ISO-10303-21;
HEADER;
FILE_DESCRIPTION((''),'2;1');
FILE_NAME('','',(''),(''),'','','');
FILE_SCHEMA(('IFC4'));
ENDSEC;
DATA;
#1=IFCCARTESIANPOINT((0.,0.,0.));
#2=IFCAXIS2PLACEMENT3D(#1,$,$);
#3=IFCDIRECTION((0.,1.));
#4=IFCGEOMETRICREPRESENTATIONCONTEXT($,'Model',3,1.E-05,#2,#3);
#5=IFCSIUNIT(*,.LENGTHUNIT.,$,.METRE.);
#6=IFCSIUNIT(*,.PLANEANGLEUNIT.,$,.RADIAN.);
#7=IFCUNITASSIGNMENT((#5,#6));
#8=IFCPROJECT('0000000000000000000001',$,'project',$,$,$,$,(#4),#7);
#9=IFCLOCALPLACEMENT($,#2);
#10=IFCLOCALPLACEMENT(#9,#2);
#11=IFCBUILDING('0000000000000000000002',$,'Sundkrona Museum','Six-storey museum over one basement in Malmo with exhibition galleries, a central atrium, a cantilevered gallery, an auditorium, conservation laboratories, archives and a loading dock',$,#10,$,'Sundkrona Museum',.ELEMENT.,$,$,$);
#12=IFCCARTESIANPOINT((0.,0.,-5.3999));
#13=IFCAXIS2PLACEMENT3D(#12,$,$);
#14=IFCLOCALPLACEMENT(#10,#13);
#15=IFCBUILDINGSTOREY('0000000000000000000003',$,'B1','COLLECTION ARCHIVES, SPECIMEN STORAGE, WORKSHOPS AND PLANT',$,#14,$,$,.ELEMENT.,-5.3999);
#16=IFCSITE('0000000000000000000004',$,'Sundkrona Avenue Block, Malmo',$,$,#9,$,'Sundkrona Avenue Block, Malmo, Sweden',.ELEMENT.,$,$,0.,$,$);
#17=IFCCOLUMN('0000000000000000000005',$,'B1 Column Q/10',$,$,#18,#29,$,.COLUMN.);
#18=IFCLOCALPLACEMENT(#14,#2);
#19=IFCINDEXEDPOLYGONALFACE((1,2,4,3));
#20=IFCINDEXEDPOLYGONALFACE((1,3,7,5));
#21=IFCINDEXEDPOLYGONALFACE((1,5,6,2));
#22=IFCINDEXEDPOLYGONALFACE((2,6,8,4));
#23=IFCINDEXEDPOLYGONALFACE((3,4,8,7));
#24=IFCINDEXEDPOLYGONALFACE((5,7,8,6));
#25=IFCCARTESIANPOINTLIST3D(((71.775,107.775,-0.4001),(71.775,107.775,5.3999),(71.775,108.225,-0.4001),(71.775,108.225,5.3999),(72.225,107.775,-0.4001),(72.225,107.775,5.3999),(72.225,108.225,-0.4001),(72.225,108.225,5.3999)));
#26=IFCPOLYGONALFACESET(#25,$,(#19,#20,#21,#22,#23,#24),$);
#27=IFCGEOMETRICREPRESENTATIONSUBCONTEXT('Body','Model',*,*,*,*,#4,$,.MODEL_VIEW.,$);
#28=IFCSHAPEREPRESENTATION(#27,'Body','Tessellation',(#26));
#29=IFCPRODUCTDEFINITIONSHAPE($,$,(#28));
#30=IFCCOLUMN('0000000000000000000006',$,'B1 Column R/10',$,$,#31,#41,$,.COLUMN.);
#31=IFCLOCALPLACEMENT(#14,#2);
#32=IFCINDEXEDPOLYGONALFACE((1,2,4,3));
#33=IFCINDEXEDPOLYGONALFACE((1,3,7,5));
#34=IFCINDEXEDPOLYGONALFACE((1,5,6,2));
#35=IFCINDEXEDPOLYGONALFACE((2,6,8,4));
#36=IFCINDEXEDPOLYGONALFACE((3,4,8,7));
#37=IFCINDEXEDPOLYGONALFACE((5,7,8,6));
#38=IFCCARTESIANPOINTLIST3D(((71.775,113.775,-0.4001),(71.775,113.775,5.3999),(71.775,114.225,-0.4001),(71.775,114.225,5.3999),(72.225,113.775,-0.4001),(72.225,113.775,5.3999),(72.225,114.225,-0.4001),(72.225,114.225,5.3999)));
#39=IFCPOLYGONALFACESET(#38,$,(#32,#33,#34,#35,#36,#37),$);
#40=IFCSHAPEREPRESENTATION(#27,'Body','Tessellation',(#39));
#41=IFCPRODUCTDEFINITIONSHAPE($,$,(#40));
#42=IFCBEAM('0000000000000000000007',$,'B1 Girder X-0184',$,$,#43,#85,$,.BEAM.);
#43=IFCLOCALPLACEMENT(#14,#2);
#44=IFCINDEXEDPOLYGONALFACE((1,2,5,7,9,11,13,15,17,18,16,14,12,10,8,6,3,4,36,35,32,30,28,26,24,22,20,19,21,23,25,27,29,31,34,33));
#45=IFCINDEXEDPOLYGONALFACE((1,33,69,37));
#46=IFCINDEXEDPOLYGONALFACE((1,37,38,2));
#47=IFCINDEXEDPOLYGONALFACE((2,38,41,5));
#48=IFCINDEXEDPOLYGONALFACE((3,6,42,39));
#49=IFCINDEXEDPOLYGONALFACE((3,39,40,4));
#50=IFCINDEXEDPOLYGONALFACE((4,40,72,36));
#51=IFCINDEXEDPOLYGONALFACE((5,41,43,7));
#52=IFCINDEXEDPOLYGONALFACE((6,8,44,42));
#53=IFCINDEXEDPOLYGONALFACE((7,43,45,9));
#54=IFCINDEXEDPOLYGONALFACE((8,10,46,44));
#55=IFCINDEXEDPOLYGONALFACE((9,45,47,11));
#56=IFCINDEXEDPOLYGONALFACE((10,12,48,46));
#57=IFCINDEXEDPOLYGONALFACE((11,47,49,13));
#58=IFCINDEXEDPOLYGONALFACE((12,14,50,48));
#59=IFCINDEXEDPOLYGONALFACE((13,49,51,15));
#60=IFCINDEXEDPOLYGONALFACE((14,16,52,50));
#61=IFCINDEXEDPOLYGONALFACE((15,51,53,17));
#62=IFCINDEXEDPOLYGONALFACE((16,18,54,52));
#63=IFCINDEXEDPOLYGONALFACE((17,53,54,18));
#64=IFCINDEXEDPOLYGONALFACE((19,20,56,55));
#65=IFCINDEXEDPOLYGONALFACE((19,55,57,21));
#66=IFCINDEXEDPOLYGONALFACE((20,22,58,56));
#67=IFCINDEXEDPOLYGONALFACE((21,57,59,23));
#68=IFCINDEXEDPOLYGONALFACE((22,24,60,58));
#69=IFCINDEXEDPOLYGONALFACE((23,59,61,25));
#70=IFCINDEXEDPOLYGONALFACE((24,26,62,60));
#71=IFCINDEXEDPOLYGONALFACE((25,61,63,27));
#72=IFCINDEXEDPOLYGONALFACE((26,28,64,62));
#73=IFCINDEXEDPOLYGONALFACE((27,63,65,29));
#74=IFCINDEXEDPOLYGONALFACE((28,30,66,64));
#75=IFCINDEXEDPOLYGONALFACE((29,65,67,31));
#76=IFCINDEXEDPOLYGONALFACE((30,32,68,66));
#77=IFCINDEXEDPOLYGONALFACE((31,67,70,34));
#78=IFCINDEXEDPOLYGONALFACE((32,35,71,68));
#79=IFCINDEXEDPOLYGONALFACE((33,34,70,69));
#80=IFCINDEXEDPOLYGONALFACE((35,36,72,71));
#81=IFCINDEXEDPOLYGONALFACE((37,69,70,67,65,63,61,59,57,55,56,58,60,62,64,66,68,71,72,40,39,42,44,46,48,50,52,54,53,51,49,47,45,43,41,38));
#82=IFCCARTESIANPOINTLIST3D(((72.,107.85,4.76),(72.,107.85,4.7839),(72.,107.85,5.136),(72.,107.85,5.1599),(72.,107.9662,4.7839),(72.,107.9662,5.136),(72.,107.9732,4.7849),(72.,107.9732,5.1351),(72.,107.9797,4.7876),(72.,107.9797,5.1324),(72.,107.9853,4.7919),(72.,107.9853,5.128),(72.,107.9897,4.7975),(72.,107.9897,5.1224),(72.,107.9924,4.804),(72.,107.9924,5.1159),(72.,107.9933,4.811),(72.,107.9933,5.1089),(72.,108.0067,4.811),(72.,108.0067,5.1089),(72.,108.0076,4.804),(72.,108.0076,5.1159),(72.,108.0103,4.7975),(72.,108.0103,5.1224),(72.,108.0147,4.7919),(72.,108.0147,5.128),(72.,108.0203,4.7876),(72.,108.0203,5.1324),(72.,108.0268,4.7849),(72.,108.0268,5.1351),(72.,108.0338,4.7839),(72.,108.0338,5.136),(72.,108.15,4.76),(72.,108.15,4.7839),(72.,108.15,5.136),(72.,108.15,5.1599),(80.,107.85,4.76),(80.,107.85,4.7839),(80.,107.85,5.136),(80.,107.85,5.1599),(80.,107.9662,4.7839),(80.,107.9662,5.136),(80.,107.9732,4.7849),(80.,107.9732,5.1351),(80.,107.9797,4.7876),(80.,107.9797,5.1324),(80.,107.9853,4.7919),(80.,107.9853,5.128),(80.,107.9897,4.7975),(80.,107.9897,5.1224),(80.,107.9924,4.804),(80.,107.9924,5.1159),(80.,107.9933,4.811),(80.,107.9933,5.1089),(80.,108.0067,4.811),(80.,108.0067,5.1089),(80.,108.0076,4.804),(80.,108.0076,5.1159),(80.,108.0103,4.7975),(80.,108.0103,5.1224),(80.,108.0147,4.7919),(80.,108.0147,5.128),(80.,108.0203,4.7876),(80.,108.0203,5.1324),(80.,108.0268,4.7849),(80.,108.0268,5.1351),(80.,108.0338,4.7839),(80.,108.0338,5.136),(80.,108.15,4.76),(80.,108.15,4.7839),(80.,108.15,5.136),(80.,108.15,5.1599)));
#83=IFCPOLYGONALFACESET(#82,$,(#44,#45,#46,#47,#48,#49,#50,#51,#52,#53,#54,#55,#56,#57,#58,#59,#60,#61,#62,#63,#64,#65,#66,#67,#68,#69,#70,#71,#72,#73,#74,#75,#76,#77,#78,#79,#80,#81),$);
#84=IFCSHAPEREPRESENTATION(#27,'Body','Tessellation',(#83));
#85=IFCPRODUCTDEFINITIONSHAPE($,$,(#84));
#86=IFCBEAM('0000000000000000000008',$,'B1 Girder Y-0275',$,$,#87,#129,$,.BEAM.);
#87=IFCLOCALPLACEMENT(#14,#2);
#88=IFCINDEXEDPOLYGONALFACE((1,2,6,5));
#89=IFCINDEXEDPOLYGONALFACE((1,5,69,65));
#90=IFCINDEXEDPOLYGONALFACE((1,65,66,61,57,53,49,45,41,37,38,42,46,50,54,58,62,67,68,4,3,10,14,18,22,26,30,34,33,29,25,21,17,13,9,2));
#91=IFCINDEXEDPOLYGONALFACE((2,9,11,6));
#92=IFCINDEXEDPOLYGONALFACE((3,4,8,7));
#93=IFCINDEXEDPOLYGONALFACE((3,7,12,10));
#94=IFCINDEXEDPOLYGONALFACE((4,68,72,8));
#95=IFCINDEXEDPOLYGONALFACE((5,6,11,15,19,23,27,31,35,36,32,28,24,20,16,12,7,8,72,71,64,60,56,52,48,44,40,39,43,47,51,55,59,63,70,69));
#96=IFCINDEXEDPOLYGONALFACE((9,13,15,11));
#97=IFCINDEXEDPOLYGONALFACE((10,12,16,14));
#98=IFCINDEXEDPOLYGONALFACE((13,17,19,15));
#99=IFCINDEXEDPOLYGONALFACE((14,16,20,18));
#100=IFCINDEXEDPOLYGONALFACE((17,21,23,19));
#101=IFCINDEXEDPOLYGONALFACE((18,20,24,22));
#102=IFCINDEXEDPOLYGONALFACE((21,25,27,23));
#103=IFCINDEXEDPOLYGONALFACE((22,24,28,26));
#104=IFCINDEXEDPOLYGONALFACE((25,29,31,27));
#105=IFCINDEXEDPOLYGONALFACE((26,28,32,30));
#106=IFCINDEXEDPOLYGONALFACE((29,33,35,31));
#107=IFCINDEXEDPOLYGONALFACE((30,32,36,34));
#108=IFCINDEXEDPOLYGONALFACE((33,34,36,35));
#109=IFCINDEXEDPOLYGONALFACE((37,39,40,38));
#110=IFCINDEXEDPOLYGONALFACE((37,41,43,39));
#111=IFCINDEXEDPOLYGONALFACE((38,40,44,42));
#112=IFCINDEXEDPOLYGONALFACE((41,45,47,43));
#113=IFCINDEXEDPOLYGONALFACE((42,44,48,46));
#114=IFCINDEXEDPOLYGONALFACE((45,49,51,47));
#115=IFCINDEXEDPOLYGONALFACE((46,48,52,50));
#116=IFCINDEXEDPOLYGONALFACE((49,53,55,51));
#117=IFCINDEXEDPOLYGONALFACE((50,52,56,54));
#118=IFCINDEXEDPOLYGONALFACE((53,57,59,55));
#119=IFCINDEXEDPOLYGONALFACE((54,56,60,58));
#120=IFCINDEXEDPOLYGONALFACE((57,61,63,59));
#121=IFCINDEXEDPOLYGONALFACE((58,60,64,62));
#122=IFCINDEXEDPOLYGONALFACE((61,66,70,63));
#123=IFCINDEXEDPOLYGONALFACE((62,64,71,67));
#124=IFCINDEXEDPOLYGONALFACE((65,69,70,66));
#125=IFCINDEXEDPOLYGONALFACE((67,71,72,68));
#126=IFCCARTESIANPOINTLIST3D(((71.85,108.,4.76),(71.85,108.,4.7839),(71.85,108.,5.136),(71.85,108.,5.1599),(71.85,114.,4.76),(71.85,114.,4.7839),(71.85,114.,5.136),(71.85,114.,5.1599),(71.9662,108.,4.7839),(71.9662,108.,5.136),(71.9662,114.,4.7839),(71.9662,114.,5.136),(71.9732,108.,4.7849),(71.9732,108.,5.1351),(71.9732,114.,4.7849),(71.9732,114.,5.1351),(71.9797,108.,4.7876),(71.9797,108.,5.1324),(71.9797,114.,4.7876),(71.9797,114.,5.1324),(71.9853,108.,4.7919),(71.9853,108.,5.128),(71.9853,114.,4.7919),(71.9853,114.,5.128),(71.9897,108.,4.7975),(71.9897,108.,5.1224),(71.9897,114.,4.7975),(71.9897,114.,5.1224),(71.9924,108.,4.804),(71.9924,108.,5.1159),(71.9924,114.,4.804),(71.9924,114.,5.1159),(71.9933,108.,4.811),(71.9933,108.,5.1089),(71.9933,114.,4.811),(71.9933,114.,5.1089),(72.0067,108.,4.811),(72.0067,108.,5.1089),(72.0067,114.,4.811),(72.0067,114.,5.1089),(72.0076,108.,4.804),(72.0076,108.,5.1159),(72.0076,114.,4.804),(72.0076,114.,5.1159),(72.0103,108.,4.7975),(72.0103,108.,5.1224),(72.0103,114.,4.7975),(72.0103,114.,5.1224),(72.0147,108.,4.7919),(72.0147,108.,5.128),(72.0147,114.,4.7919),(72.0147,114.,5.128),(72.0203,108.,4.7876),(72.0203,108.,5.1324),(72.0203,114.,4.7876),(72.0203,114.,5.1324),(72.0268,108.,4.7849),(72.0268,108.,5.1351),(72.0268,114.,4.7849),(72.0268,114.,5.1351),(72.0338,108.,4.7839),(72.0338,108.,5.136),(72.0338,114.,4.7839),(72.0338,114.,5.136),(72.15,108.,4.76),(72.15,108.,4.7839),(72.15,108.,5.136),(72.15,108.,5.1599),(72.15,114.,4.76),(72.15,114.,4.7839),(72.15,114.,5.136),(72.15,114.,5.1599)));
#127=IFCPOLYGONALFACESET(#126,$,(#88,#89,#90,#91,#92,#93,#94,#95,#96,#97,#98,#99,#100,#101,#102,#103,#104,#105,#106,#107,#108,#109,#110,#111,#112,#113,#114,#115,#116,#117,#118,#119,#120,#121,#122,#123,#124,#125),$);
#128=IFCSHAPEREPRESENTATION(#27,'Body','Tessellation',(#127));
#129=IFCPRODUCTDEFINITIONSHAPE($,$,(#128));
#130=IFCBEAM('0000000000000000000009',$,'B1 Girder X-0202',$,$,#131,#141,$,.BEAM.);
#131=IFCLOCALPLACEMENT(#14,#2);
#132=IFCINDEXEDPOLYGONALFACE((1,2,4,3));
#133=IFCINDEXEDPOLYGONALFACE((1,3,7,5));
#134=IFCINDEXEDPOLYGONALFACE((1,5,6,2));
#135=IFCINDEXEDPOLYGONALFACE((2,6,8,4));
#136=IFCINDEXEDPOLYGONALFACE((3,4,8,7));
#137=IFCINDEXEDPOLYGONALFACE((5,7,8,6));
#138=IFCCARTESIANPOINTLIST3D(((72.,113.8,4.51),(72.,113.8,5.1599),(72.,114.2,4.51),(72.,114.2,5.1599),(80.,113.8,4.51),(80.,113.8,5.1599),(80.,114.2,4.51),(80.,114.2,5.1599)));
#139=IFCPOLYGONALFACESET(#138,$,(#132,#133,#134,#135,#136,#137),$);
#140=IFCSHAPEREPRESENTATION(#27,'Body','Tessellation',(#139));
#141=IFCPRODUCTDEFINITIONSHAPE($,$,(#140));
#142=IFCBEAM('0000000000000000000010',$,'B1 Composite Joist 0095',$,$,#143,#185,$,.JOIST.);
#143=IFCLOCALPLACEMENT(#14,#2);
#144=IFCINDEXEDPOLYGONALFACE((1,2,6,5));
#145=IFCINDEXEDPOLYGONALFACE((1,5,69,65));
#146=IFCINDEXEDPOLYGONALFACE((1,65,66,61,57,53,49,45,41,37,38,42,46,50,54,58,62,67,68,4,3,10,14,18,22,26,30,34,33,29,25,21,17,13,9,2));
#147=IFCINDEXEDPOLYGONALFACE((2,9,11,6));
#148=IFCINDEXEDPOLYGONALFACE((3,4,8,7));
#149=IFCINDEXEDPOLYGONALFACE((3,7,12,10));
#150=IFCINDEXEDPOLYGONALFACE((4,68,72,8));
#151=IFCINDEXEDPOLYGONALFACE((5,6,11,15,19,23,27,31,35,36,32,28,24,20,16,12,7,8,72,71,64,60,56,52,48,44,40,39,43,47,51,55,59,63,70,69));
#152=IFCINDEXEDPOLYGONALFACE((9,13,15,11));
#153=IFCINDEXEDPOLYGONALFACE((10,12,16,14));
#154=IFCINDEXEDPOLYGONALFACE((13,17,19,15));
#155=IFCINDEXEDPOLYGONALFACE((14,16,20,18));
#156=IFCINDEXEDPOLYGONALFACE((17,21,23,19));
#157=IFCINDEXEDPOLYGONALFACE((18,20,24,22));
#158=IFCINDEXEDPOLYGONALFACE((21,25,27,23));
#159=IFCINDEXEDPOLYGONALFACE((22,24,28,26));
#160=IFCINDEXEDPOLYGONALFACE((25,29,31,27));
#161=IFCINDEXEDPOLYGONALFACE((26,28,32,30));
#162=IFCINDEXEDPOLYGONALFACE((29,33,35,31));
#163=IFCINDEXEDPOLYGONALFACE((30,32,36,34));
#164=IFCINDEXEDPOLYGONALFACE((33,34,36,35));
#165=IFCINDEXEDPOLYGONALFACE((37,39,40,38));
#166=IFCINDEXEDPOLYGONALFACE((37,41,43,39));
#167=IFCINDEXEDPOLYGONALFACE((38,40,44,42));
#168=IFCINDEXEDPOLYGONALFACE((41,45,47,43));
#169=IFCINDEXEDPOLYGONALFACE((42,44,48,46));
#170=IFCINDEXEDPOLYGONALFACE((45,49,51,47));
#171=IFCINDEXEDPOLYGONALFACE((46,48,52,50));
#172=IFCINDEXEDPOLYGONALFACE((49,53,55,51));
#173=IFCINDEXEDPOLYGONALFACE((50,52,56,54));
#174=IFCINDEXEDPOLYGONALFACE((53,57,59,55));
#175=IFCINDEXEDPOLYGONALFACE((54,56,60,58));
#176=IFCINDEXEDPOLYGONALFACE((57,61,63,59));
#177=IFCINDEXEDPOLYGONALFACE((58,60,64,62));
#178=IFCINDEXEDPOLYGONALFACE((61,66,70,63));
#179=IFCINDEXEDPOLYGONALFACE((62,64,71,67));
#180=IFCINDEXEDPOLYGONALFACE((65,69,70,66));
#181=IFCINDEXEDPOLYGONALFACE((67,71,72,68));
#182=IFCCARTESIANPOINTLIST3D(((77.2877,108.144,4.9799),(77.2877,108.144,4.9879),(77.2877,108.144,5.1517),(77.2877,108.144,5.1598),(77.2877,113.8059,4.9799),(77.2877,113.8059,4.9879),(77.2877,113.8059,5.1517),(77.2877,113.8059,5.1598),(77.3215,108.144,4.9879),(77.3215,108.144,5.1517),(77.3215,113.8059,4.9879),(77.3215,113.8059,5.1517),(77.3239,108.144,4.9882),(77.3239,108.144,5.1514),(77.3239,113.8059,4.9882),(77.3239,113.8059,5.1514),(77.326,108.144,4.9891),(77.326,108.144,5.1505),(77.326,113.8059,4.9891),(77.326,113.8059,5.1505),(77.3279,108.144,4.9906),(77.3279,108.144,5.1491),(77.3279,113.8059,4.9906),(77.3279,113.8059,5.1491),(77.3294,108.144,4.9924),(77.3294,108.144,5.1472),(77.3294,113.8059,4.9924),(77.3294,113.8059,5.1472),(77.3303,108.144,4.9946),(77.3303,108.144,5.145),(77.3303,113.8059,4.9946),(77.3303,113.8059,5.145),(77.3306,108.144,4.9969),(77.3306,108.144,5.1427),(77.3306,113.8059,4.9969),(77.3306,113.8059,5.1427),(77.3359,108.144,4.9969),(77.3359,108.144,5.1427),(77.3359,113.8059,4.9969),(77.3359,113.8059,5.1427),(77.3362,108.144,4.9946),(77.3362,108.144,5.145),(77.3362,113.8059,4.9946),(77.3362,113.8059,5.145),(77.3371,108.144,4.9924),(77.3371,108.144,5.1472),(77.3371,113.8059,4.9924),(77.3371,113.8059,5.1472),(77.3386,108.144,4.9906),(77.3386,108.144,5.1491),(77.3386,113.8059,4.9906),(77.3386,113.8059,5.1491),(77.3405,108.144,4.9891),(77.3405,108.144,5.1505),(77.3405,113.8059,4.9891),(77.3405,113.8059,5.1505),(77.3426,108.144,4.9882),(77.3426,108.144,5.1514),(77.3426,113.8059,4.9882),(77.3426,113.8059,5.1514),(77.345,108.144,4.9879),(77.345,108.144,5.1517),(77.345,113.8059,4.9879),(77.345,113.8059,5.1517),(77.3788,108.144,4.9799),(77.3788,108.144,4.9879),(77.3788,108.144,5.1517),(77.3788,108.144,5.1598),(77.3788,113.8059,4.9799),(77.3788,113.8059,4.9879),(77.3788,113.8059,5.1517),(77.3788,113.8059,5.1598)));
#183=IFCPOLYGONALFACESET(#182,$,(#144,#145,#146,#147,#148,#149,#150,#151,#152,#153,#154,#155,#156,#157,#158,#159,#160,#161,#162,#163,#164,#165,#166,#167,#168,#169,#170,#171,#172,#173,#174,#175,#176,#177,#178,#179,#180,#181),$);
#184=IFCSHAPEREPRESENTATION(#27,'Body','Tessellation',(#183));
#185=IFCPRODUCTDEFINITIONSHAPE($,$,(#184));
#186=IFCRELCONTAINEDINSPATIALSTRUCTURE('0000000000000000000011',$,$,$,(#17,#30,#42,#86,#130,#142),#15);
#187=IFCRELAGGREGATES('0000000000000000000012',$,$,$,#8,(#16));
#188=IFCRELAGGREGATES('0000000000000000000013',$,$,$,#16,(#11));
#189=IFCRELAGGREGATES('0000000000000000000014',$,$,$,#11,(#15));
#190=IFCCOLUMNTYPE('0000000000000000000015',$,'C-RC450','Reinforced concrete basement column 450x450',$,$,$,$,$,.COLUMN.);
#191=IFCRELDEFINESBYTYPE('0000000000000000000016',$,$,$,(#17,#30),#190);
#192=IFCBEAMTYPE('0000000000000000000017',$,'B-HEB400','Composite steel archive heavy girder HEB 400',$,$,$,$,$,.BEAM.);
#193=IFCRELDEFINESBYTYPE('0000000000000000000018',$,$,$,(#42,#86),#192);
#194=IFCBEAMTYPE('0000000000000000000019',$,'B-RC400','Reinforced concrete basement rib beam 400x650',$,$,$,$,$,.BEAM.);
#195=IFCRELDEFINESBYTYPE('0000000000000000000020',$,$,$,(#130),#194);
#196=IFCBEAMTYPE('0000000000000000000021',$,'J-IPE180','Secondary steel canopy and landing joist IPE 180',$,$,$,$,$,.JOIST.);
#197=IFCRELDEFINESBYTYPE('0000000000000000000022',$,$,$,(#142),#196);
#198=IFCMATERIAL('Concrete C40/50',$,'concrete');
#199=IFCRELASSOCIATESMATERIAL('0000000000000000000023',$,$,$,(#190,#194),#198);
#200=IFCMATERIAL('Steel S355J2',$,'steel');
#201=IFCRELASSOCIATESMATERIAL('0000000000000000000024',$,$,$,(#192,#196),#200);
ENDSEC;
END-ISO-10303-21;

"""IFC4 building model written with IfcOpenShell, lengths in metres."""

from ifc_helpers import new_model, si_unit, direction, frame, origin, origin_2d, place, context, subcontext, project, spatial, rectangle, i_section, extrude, material, material_profile, profile_set, type_object, element, save


model = new_model("IFC4")

# Units and contexts
model_context = context("Model", 3, precision=1e-05, world=origin(), true_north=direction((0.0, 1.0)))
body_context = subcontext(model_context, "Body", "Model", "MODEL_VIEW")
ifc_project = project(units=[si_unit("LENGTHUNIT", "METRE"), si_unit("PLANEANGLEUNIT", "RADIAN")], contexts=[model_context])

# Site, building, storey
site_placement = place(None, origin())
site = spatial("IfcSite", under=ifc_project, at=site_placement, Name="Sundkrona Avenue Block, Malmo", LongName="Sundkrona Avenue Block, Malmo, Sweden", CompositionType="ELEMENT", RefElevation=0.0)
building_placement = place(site_placement, origin())
building = spatial("IfcBuilding", under=site, at=building_placement, Name="Sundkrona Museum", Description="Six-storey museum over one basement in Malmo with exhibition galleries, a central atrium, a cantilevered gallery, an auditorium, conservation laboratories, archives and a loading dock", LongName="Sundkrona Museum", CompositionType="ELEMENT")
storey_placement = place(building_placement, frame((0.0, 0.0, -5.3999)))
storey = spatial("IfcBuildingStorey", under=building, at=storey_placement, Name="B1", Description="COLLECTION ARCHIVES, SPECIMEN STORAGE, WORKSHOPS AND PLANT", CompositionType="ELEMENT", Elevation=-5.3999)

# Shared definitions
ifc_material_1 = material(Name="Concrete C40/50", Category="concrete")

# Columns
ifc_material_profile_1 = material_profile(ifc_material_1, rectangle(XDim=0.45, YDim=0.45, at=origin_2d()), Name="RC 450x450")
ifc_profile_set_1 = profile_set([ifc_material_profile_1], Name="Concrete C40/50")
column_type = type_object("IfcColumnType", Name="C-RC450", Description="Reinforced concrete basement column 450x450", PredefinedType="COLUMN", material=ifc_profile_set_1)
for number, where, z_axis, x_axis, name in (
    (1, (72.0, 108.0, -0.4001), (0.0, 0.0, 1.0), (1.0, 0.0, 0.0), "B1 Column Q/10"),
    (2, (72.0, 114.0, -0.4001), (0.0, 0.0, 1.0), (1.0, 0.0, 0.0), "B1 Column R/10"),
):
    element("IfcColumn", number, at=place(storey_placement, frame(where, z_axis=z_axis, x_axis=x_axis)), inside=storey, type_object=column_type, Name=name, PredefinedType="COLUMN", context=body_context, shape_type="SweptSolid", body=[
        extrude(rectangle(XDim=0.45, YDim=0.45, at=origin_2d()), origin(), (0.0, 0.0, 1.0), 5.8),
    ])

# Beams
ifc_material_2 = material(Name="Steel S355J2", Category="steel")
ifc_material_profile_2 = material_profile(ifc_material_2, i_section(OverallWidth=0.3, OverallDepth=0.3999, WebThickness=0.0134, FlangeThickness=0.0239, FilletRadius=0.0271, at=origin_2d()), Name="HEB 400")
ifc_profile_set_2 = profile_set([ifc_material_profile_2], Name="Steel S355J2")
beam_type_1 = type_object("IfcBeamType", Name="B-HEB400", Description="Composite steel archive heavy girder HEB 400", PredefinedType="BEAM", material=ifc_profile_set_2)
beam_1_placement = place(storey_placement, frame((72.0, 108.0, 4.96), z_axis=(1.0, 0.0, 0.0), x_axis=(0.0, 1.0, 0.0)))
element("IfcBeam", 3, at=beam_1_placement, inside=storey, type_object=beam_type_1, Name="B1 Girder X-0184", PredefinedType="BEAM", context=body_context, shape_type="SweptSolid", body=[
    extrude(i_section(OverallWidth=0.3, OverallDepth=0.3999, WebThickness=0.0134, FlangeThickness=0.0239, FilletRadius=0.0271, at=origin_2d()), origin(), (0.0, 0.0, 1.0), 8.0),
])
beam_2_placement = place(storey_placement, frame((72.0, 108.0, 4.96), z_axis=(0.0, 1.0, 0.0), x_axis=(-1.0, 0.0, 0.0)))
element("IfcBeam", 4, at=beam_2_placement, inside=storey, type_object=beam_type_1, Name="B1 Girder Y-0275", PredefinedType="BEAM", context=body_context, shape_type="SweptSolid", body=[
    extrude(i_section(OverallWidth=0.3, OverallDepth=0.3999, WebThickness=0.0134, FlangeThickness=0.0239, FilletRadius=0.0271, at=origin_2d()), origin(), (0.0, 0.0, 1.0), 6.0),
])
ifc_material_profile_3 = material_profile(ifc_material_1, rectangle(XDim=0.3999, YDim=0.6499, at=origin_2d()), Name="RCB 400x650")
ifc_profile_set_3 = profile_set([ifc_material_profile_3], Name="Concrete C40/50")
beam_type_2 = type_object("IfcBeamType", Name="B-RC400", Description="Reinforced concrete basement rib beam 400x650", PredefinedType="BEAM", material=ifc_profile_set_3)
beam_3_placement = place(storey_placement, frame((72.0, 114.0, 4.835), z_axis=(1.0, 0.0, 0.0), x_axis=(0.0, 1.0, 0.0)))
element("IfcBeam", 5, at=beam_3_placement, inside=storey, type_object=beam_type_2, Name="B1 Girder X-0202", PredefinedType="BEAM", context=body_context, shape_type="SweptSolid", body=[
    extrude(rectangle(XDim=0.3999, YDim=0.6499, at=origin_2d()), origin(), (0.0, 0.0, 1.0), 8.0),
])
ifc_material_profile_4 = material_profile(ifc_material_2, i_section(OverallWidth=0.0911, OverallDepth=0.1799, WebThickness=0.0054, FlangeThickness=0.0081, FilletRadius=0.009, at=origin_2d()), Name="IPE 180")
ifc_profile_set_4 = profile_set([ifc_material_profile_4], Name="Steel S355J2")
beam_type_3 = type_object("IfcBeamType", Name="J-IPE180", Description="Secondary steel canopy and landing joist IPE 180", PredefinedType="JOIST", material=ifc_profile_set_4)
beam_4_placement = place(storey_placement, frame((77.3333, 108.144, 5.0698), z_axis=(0.0, 1.0, 0.0), x_axis=(-1.0, 0.0, 0.0)))
element("IfcBeam", 6, at=beam_4_placement, inside=storey, type_object=beam_type_3, Name="B1 Composite Joist 0095", PredefinedType="JOIST", context=body_context, shape_type="SweptSolid", body=[
    extrude(i_section(OverallWidth=0.0911, OverallDepth=0.1799, WebThickness=0.0054, FlangeThickness=0.0081, FilletRadius=0.009, at=origin_2d()), origin(), (0.0, 0.0, 1.0), 5.6619),
])

save(model, "model.ifc")
